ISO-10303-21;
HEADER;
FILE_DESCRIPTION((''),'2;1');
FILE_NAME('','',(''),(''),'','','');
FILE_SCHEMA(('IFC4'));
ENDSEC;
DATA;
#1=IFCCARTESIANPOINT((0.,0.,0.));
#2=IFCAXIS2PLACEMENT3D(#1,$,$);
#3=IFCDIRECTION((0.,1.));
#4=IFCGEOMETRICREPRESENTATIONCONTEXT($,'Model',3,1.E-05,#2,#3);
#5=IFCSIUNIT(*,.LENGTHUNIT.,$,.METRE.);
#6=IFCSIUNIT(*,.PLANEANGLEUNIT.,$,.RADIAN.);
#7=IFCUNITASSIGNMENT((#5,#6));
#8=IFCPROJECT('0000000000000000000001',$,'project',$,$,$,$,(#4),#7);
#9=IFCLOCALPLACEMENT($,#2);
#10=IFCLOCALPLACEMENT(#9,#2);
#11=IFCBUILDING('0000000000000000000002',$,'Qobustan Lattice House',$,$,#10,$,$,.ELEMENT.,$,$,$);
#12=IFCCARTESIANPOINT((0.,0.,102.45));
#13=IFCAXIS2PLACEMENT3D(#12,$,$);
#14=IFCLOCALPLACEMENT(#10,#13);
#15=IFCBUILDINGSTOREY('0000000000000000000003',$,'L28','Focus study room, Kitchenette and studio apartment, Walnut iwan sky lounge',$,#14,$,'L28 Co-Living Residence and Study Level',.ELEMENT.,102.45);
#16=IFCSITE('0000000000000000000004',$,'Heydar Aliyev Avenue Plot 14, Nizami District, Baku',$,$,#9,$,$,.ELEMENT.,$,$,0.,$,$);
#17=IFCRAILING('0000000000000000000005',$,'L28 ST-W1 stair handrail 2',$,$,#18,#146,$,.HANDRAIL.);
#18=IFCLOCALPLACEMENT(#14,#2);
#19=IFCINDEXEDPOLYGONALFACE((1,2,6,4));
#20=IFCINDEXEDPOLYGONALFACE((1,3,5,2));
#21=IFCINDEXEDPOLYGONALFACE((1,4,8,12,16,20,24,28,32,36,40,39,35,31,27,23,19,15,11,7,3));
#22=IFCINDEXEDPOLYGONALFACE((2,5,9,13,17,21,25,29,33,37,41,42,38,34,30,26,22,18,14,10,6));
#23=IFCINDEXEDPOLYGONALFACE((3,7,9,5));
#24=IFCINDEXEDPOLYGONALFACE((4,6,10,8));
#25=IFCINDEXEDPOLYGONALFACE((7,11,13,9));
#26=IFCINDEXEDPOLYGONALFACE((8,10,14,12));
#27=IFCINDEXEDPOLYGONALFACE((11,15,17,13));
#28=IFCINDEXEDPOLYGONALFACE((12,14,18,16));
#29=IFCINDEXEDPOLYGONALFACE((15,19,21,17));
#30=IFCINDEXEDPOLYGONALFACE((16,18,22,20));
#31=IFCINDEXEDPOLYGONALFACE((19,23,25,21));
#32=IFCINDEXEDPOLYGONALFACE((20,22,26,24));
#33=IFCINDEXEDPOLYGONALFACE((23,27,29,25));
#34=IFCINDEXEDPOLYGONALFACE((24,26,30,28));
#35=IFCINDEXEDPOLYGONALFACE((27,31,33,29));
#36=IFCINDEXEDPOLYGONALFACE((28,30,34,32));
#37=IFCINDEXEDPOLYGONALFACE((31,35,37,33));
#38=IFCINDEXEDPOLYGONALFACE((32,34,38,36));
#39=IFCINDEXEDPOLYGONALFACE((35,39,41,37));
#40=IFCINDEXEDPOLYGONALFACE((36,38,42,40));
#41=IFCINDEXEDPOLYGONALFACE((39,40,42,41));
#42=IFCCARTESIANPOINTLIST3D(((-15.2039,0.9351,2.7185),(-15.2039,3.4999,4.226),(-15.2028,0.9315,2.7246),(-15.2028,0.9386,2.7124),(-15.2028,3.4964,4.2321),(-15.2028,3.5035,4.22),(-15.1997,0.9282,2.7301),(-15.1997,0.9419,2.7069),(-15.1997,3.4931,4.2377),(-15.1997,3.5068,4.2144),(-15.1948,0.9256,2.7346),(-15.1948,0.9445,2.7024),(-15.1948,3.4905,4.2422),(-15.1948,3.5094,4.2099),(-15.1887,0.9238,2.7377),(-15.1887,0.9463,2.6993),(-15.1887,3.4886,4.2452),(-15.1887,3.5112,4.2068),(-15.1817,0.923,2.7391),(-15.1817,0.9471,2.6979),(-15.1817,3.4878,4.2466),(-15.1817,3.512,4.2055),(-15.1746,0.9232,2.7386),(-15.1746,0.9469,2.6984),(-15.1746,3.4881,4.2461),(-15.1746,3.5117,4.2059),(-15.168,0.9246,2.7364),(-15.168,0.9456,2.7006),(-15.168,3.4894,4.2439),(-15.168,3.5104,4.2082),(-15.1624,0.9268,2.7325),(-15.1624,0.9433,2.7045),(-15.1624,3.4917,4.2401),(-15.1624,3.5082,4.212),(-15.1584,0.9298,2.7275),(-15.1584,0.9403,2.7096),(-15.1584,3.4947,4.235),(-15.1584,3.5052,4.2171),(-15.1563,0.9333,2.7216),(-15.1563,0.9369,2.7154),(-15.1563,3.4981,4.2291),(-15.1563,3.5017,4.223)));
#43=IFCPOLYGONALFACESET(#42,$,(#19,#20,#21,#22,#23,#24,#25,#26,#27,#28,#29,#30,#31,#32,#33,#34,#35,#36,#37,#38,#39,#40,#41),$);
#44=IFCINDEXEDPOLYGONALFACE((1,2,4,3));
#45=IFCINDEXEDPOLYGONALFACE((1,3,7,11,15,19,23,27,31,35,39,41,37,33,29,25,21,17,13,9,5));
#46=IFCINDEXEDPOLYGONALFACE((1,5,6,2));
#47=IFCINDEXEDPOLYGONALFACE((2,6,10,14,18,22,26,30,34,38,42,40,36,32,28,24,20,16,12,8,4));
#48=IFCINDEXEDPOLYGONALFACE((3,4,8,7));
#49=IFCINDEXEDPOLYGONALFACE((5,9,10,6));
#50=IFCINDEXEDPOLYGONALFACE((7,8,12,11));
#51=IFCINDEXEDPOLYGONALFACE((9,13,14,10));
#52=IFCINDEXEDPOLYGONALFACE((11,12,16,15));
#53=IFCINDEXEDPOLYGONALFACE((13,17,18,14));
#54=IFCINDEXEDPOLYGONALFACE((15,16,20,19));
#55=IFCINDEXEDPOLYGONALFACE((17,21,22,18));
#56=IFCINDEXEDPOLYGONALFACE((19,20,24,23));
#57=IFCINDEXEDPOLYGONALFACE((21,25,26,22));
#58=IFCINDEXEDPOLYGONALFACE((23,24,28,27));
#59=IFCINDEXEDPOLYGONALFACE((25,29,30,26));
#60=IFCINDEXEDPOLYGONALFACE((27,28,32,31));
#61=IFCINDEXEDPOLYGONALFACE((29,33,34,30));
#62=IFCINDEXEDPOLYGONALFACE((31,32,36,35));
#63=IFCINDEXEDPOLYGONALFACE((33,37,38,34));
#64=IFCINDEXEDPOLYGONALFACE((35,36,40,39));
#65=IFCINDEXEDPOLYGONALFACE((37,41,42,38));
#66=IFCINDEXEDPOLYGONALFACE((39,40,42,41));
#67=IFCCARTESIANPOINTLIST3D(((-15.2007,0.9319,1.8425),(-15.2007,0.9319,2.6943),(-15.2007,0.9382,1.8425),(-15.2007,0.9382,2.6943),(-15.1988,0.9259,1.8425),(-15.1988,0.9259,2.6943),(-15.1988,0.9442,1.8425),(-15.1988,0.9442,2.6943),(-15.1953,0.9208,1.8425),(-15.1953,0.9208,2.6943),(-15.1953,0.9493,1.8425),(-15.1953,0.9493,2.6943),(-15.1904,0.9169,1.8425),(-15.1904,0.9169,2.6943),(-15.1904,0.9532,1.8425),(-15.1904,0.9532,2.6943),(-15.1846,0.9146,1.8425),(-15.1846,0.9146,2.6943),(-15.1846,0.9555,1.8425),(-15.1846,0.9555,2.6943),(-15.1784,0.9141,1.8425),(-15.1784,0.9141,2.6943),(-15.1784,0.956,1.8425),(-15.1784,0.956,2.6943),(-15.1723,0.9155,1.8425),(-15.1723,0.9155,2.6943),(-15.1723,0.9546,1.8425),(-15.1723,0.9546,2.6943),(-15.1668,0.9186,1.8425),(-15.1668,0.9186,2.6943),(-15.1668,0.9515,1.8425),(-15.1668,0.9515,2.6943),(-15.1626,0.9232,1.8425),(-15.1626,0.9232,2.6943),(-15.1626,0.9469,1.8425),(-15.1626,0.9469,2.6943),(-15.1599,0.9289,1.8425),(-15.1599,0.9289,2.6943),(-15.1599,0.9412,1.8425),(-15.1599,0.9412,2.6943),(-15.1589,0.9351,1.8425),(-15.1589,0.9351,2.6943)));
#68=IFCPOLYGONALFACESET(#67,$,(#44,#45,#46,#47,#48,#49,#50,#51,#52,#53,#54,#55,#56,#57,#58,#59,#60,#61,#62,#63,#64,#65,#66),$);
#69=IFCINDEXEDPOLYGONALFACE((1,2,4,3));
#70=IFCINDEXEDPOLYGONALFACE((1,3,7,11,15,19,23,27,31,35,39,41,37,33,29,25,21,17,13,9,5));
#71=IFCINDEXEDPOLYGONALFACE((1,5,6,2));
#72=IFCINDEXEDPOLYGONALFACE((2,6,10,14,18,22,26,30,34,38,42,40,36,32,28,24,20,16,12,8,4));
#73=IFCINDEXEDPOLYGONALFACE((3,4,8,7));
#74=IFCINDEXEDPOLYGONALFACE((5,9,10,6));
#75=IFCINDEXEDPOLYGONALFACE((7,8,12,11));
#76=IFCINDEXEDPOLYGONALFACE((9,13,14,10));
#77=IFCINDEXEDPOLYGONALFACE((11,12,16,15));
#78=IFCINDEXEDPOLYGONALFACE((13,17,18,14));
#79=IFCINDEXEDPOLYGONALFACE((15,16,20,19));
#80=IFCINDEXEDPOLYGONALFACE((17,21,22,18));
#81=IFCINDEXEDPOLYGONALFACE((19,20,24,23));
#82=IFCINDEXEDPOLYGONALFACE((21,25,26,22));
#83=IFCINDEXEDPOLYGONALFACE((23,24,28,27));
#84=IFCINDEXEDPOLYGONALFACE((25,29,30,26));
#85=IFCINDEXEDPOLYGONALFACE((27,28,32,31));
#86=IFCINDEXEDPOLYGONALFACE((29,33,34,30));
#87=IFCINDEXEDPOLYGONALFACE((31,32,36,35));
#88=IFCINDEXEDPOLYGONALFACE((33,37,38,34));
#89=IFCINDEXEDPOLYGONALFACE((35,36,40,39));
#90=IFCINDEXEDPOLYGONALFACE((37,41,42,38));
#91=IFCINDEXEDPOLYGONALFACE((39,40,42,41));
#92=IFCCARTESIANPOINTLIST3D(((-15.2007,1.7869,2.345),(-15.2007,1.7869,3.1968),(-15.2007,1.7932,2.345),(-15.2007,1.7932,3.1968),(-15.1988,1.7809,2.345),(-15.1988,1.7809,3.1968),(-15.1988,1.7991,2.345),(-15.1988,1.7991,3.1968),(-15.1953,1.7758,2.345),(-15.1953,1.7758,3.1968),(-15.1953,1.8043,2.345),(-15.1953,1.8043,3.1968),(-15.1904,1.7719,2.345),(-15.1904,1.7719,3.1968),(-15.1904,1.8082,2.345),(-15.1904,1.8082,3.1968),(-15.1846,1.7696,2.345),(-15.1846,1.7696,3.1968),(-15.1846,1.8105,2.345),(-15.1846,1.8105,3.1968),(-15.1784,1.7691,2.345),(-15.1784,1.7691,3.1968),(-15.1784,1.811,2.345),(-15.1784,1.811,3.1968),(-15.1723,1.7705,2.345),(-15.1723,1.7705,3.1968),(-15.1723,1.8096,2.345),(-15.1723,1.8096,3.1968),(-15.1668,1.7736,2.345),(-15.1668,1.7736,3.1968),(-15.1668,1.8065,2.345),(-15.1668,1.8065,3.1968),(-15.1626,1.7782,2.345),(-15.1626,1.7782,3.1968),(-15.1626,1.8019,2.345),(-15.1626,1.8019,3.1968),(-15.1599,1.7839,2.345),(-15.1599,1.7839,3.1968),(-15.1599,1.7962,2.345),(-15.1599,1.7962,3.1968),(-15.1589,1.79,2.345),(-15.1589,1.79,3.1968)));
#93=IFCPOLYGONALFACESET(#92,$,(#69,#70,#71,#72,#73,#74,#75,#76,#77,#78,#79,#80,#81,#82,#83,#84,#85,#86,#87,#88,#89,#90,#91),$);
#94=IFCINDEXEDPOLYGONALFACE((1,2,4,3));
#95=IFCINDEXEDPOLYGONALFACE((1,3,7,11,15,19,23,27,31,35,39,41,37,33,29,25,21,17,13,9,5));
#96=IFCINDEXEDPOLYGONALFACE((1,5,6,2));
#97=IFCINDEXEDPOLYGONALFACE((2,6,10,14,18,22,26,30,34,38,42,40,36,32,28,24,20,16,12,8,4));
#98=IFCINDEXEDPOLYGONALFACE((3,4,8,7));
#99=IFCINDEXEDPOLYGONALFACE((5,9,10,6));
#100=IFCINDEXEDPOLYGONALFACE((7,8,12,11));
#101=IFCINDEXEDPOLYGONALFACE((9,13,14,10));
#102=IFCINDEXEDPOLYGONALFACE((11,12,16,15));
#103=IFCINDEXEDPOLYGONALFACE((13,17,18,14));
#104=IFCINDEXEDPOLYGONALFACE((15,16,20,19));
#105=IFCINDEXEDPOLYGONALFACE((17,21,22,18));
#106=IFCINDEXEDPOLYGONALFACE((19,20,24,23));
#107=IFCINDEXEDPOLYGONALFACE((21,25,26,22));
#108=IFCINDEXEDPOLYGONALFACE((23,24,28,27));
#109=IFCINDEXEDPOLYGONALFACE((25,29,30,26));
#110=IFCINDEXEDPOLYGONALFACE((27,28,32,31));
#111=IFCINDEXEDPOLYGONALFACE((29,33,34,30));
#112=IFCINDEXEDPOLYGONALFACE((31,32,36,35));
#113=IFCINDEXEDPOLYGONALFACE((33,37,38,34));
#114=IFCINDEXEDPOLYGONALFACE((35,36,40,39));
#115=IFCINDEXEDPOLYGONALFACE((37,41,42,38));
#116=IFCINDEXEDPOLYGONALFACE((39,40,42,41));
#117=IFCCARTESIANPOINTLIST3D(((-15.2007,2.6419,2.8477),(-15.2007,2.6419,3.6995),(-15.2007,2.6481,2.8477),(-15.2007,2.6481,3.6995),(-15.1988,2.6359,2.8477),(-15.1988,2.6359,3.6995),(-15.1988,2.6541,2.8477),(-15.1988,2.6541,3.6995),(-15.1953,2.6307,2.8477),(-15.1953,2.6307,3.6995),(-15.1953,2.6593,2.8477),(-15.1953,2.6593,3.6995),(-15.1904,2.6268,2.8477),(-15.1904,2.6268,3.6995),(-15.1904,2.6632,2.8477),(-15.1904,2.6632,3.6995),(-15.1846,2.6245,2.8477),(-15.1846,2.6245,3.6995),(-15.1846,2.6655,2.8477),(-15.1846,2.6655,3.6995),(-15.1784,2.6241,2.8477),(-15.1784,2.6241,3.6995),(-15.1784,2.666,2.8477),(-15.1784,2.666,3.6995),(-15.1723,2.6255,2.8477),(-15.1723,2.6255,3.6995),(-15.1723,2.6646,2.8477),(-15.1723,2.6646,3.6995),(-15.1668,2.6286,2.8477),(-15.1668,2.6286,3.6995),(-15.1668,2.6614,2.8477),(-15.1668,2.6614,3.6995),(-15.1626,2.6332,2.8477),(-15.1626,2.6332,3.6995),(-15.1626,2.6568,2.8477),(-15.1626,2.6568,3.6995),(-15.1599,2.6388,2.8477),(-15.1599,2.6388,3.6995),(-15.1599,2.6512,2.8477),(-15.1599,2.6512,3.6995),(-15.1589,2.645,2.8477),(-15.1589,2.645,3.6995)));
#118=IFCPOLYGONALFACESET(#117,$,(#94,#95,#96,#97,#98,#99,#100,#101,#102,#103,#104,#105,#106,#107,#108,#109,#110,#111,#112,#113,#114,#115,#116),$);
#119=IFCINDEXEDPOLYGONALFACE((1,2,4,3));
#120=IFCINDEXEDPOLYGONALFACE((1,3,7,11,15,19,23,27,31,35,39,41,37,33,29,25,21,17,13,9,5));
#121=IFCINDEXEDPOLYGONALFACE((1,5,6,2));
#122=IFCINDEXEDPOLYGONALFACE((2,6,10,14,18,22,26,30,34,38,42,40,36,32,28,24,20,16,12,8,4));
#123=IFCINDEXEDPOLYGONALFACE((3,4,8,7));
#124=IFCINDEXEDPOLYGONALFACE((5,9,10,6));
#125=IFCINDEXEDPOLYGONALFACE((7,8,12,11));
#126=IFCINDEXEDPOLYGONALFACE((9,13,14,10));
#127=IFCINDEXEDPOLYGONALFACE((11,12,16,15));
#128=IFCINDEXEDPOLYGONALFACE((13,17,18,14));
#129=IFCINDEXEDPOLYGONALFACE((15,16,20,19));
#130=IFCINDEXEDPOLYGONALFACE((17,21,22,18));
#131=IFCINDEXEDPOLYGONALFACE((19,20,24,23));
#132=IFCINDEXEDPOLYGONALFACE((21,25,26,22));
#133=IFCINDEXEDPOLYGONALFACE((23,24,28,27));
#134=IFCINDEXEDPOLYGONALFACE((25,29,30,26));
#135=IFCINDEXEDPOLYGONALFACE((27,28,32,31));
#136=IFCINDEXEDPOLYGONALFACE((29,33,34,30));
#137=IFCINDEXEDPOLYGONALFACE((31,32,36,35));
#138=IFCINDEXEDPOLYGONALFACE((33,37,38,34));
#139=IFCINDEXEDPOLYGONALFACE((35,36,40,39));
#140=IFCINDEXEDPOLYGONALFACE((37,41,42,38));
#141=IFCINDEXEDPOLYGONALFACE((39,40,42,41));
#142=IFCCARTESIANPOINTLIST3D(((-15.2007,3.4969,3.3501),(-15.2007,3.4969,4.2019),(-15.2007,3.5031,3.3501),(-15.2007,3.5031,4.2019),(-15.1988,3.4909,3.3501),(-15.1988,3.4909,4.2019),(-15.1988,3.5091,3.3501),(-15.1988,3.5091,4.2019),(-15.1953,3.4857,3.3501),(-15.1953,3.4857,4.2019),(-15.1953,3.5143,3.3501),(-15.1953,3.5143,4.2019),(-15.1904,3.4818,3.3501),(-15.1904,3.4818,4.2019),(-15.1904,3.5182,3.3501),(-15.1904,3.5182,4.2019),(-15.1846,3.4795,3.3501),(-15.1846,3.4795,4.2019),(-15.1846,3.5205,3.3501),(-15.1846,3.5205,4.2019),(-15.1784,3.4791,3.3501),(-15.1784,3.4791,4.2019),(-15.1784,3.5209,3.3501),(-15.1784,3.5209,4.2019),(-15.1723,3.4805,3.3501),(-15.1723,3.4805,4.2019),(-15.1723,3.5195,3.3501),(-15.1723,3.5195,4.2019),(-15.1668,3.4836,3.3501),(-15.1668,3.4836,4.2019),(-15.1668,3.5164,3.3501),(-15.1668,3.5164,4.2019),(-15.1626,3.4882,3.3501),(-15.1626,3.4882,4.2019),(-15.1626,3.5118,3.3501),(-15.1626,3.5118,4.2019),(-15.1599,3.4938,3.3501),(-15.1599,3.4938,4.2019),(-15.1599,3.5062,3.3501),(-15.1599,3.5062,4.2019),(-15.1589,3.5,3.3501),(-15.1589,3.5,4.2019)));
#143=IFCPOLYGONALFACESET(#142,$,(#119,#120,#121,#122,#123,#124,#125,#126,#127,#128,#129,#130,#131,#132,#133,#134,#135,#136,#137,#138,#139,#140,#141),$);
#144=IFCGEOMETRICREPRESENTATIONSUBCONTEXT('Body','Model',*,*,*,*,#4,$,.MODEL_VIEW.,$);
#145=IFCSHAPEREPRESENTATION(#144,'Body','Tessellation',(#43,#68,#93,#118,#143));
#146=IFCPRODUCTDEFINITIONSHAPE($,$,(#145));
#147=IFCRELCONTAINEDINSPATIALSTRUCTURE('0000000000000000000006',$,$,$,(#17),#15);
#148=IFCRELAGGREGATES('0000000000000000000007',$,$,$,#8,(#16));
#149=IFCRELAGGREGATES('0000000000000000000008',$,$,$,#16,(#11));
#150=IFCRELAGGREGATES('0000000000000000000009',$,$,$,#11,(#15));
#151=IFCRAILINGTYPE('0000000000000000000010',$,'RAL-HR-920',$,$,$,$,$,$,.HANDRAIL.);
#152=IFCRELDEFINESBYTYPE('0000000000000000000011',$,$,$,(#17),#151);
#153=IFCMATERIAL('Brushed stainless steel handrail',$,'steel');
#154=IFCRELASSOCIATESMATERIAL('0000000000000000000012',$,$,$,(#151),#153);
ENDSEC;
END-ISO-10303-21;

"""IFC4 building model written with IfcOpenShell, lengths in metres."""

from ifc_helpers import new_model, si_unit, direction, frame, origin, origin_2d, place, context, subcontext, project, spatial, circle, extrude, material, type_object, element, save


model = new_model("IFC4")

# Units and contexts
model_context = context("Model", 3, precision=1e-05, world=origin(), true_north=direction((0.0, 1.0)))
body_context = subcontext(model_context, "Body", "Model", "MODEL_VIEW")
ifc_project = project(units=[si_unit("LENGTHUNIT", "METRE"), si_unit("PLANEANGLEUNIT", "RADIAN")], contexts=[model_context])

# Site, building, storey
site_placement = place(None, origin())
site = spatial("IfcSite", under=ifc_project, at=site_placement, Name="Heydar Aliyev Avenue Plot 14, Nizami District, Baku", CompositionType="ELEMENT", RefElevation=0.0)
building_placement = place(site_placement, origin())
building = spatial("IfcBuilding", under=site, at=building_placement, Name="Qobustan Lattice House", CompositionType="ELEMENT")
storey_placement = place(building_placement, frame((0.0, 0.0, 102.45)))
storey = spatial("IfcBuildingStorey", under=building, at=storey_placement, Name="L28", Description="Focus study room, Kitchenette and studio apartment, Walnut iwan sky lounge", LongName="L28 Co-Living Residence and Study Level", CompositionType="ELEMENT", Elevation=102.45)

# Railing
ifc_material_1 = material(Name="Brushed stainless steel handrail", Category="steel")
railing_type_1 = type_object("IfcRailingType", Name="RAL-HR-920", PredefinedType="HANDRAIL", material=ifc_material_1)
railing_1_placement = place(storey_placement, frame((-15.1799, 0.9351, 1.8425)))
element("IfcRailing", 1, at=railing_1_placement, inside=storey, type_object=railing_type_1, Name="L28 ST-W1 stair handrail 2", PredefinedType="HANDRAIL", context=body_context, shape_type="SweptSolid", body=[
    extrude(circle(Radius=0.0239, at=origin_2d()), frame((0.0, 0.0, 0.876), z_axis=(0.0, 0.862113, 0.506715), x_axis=(-1.0, 0.0, 0.0)), (0.0, 0.0, 1.0), 2.9751),
    extrude(circle(Radius=0.021, at=origin_2d()), origin(), (0.0, 0.0, 1.0), 0.8518),
    extrude(circle(Radius=0.021, at=origin_2d()), frame((0.0, 0.855, 0.5024)), (0.0, 0.0, 1.0), 0.8518),
    extrude(circle(Radius=0.021, at=origin_2d()), frame((0.0, 1.71, 1.0051)), (0.0, 0.0, 1.0), 0.8518),
    extrude(circle(Radius=0.021, at=origin_2d()), frame((0.0, 2.5649, 1.5076)), (0.0, 0.0, 1.0), 0.8518),
])

save(model, "model.ifc")
